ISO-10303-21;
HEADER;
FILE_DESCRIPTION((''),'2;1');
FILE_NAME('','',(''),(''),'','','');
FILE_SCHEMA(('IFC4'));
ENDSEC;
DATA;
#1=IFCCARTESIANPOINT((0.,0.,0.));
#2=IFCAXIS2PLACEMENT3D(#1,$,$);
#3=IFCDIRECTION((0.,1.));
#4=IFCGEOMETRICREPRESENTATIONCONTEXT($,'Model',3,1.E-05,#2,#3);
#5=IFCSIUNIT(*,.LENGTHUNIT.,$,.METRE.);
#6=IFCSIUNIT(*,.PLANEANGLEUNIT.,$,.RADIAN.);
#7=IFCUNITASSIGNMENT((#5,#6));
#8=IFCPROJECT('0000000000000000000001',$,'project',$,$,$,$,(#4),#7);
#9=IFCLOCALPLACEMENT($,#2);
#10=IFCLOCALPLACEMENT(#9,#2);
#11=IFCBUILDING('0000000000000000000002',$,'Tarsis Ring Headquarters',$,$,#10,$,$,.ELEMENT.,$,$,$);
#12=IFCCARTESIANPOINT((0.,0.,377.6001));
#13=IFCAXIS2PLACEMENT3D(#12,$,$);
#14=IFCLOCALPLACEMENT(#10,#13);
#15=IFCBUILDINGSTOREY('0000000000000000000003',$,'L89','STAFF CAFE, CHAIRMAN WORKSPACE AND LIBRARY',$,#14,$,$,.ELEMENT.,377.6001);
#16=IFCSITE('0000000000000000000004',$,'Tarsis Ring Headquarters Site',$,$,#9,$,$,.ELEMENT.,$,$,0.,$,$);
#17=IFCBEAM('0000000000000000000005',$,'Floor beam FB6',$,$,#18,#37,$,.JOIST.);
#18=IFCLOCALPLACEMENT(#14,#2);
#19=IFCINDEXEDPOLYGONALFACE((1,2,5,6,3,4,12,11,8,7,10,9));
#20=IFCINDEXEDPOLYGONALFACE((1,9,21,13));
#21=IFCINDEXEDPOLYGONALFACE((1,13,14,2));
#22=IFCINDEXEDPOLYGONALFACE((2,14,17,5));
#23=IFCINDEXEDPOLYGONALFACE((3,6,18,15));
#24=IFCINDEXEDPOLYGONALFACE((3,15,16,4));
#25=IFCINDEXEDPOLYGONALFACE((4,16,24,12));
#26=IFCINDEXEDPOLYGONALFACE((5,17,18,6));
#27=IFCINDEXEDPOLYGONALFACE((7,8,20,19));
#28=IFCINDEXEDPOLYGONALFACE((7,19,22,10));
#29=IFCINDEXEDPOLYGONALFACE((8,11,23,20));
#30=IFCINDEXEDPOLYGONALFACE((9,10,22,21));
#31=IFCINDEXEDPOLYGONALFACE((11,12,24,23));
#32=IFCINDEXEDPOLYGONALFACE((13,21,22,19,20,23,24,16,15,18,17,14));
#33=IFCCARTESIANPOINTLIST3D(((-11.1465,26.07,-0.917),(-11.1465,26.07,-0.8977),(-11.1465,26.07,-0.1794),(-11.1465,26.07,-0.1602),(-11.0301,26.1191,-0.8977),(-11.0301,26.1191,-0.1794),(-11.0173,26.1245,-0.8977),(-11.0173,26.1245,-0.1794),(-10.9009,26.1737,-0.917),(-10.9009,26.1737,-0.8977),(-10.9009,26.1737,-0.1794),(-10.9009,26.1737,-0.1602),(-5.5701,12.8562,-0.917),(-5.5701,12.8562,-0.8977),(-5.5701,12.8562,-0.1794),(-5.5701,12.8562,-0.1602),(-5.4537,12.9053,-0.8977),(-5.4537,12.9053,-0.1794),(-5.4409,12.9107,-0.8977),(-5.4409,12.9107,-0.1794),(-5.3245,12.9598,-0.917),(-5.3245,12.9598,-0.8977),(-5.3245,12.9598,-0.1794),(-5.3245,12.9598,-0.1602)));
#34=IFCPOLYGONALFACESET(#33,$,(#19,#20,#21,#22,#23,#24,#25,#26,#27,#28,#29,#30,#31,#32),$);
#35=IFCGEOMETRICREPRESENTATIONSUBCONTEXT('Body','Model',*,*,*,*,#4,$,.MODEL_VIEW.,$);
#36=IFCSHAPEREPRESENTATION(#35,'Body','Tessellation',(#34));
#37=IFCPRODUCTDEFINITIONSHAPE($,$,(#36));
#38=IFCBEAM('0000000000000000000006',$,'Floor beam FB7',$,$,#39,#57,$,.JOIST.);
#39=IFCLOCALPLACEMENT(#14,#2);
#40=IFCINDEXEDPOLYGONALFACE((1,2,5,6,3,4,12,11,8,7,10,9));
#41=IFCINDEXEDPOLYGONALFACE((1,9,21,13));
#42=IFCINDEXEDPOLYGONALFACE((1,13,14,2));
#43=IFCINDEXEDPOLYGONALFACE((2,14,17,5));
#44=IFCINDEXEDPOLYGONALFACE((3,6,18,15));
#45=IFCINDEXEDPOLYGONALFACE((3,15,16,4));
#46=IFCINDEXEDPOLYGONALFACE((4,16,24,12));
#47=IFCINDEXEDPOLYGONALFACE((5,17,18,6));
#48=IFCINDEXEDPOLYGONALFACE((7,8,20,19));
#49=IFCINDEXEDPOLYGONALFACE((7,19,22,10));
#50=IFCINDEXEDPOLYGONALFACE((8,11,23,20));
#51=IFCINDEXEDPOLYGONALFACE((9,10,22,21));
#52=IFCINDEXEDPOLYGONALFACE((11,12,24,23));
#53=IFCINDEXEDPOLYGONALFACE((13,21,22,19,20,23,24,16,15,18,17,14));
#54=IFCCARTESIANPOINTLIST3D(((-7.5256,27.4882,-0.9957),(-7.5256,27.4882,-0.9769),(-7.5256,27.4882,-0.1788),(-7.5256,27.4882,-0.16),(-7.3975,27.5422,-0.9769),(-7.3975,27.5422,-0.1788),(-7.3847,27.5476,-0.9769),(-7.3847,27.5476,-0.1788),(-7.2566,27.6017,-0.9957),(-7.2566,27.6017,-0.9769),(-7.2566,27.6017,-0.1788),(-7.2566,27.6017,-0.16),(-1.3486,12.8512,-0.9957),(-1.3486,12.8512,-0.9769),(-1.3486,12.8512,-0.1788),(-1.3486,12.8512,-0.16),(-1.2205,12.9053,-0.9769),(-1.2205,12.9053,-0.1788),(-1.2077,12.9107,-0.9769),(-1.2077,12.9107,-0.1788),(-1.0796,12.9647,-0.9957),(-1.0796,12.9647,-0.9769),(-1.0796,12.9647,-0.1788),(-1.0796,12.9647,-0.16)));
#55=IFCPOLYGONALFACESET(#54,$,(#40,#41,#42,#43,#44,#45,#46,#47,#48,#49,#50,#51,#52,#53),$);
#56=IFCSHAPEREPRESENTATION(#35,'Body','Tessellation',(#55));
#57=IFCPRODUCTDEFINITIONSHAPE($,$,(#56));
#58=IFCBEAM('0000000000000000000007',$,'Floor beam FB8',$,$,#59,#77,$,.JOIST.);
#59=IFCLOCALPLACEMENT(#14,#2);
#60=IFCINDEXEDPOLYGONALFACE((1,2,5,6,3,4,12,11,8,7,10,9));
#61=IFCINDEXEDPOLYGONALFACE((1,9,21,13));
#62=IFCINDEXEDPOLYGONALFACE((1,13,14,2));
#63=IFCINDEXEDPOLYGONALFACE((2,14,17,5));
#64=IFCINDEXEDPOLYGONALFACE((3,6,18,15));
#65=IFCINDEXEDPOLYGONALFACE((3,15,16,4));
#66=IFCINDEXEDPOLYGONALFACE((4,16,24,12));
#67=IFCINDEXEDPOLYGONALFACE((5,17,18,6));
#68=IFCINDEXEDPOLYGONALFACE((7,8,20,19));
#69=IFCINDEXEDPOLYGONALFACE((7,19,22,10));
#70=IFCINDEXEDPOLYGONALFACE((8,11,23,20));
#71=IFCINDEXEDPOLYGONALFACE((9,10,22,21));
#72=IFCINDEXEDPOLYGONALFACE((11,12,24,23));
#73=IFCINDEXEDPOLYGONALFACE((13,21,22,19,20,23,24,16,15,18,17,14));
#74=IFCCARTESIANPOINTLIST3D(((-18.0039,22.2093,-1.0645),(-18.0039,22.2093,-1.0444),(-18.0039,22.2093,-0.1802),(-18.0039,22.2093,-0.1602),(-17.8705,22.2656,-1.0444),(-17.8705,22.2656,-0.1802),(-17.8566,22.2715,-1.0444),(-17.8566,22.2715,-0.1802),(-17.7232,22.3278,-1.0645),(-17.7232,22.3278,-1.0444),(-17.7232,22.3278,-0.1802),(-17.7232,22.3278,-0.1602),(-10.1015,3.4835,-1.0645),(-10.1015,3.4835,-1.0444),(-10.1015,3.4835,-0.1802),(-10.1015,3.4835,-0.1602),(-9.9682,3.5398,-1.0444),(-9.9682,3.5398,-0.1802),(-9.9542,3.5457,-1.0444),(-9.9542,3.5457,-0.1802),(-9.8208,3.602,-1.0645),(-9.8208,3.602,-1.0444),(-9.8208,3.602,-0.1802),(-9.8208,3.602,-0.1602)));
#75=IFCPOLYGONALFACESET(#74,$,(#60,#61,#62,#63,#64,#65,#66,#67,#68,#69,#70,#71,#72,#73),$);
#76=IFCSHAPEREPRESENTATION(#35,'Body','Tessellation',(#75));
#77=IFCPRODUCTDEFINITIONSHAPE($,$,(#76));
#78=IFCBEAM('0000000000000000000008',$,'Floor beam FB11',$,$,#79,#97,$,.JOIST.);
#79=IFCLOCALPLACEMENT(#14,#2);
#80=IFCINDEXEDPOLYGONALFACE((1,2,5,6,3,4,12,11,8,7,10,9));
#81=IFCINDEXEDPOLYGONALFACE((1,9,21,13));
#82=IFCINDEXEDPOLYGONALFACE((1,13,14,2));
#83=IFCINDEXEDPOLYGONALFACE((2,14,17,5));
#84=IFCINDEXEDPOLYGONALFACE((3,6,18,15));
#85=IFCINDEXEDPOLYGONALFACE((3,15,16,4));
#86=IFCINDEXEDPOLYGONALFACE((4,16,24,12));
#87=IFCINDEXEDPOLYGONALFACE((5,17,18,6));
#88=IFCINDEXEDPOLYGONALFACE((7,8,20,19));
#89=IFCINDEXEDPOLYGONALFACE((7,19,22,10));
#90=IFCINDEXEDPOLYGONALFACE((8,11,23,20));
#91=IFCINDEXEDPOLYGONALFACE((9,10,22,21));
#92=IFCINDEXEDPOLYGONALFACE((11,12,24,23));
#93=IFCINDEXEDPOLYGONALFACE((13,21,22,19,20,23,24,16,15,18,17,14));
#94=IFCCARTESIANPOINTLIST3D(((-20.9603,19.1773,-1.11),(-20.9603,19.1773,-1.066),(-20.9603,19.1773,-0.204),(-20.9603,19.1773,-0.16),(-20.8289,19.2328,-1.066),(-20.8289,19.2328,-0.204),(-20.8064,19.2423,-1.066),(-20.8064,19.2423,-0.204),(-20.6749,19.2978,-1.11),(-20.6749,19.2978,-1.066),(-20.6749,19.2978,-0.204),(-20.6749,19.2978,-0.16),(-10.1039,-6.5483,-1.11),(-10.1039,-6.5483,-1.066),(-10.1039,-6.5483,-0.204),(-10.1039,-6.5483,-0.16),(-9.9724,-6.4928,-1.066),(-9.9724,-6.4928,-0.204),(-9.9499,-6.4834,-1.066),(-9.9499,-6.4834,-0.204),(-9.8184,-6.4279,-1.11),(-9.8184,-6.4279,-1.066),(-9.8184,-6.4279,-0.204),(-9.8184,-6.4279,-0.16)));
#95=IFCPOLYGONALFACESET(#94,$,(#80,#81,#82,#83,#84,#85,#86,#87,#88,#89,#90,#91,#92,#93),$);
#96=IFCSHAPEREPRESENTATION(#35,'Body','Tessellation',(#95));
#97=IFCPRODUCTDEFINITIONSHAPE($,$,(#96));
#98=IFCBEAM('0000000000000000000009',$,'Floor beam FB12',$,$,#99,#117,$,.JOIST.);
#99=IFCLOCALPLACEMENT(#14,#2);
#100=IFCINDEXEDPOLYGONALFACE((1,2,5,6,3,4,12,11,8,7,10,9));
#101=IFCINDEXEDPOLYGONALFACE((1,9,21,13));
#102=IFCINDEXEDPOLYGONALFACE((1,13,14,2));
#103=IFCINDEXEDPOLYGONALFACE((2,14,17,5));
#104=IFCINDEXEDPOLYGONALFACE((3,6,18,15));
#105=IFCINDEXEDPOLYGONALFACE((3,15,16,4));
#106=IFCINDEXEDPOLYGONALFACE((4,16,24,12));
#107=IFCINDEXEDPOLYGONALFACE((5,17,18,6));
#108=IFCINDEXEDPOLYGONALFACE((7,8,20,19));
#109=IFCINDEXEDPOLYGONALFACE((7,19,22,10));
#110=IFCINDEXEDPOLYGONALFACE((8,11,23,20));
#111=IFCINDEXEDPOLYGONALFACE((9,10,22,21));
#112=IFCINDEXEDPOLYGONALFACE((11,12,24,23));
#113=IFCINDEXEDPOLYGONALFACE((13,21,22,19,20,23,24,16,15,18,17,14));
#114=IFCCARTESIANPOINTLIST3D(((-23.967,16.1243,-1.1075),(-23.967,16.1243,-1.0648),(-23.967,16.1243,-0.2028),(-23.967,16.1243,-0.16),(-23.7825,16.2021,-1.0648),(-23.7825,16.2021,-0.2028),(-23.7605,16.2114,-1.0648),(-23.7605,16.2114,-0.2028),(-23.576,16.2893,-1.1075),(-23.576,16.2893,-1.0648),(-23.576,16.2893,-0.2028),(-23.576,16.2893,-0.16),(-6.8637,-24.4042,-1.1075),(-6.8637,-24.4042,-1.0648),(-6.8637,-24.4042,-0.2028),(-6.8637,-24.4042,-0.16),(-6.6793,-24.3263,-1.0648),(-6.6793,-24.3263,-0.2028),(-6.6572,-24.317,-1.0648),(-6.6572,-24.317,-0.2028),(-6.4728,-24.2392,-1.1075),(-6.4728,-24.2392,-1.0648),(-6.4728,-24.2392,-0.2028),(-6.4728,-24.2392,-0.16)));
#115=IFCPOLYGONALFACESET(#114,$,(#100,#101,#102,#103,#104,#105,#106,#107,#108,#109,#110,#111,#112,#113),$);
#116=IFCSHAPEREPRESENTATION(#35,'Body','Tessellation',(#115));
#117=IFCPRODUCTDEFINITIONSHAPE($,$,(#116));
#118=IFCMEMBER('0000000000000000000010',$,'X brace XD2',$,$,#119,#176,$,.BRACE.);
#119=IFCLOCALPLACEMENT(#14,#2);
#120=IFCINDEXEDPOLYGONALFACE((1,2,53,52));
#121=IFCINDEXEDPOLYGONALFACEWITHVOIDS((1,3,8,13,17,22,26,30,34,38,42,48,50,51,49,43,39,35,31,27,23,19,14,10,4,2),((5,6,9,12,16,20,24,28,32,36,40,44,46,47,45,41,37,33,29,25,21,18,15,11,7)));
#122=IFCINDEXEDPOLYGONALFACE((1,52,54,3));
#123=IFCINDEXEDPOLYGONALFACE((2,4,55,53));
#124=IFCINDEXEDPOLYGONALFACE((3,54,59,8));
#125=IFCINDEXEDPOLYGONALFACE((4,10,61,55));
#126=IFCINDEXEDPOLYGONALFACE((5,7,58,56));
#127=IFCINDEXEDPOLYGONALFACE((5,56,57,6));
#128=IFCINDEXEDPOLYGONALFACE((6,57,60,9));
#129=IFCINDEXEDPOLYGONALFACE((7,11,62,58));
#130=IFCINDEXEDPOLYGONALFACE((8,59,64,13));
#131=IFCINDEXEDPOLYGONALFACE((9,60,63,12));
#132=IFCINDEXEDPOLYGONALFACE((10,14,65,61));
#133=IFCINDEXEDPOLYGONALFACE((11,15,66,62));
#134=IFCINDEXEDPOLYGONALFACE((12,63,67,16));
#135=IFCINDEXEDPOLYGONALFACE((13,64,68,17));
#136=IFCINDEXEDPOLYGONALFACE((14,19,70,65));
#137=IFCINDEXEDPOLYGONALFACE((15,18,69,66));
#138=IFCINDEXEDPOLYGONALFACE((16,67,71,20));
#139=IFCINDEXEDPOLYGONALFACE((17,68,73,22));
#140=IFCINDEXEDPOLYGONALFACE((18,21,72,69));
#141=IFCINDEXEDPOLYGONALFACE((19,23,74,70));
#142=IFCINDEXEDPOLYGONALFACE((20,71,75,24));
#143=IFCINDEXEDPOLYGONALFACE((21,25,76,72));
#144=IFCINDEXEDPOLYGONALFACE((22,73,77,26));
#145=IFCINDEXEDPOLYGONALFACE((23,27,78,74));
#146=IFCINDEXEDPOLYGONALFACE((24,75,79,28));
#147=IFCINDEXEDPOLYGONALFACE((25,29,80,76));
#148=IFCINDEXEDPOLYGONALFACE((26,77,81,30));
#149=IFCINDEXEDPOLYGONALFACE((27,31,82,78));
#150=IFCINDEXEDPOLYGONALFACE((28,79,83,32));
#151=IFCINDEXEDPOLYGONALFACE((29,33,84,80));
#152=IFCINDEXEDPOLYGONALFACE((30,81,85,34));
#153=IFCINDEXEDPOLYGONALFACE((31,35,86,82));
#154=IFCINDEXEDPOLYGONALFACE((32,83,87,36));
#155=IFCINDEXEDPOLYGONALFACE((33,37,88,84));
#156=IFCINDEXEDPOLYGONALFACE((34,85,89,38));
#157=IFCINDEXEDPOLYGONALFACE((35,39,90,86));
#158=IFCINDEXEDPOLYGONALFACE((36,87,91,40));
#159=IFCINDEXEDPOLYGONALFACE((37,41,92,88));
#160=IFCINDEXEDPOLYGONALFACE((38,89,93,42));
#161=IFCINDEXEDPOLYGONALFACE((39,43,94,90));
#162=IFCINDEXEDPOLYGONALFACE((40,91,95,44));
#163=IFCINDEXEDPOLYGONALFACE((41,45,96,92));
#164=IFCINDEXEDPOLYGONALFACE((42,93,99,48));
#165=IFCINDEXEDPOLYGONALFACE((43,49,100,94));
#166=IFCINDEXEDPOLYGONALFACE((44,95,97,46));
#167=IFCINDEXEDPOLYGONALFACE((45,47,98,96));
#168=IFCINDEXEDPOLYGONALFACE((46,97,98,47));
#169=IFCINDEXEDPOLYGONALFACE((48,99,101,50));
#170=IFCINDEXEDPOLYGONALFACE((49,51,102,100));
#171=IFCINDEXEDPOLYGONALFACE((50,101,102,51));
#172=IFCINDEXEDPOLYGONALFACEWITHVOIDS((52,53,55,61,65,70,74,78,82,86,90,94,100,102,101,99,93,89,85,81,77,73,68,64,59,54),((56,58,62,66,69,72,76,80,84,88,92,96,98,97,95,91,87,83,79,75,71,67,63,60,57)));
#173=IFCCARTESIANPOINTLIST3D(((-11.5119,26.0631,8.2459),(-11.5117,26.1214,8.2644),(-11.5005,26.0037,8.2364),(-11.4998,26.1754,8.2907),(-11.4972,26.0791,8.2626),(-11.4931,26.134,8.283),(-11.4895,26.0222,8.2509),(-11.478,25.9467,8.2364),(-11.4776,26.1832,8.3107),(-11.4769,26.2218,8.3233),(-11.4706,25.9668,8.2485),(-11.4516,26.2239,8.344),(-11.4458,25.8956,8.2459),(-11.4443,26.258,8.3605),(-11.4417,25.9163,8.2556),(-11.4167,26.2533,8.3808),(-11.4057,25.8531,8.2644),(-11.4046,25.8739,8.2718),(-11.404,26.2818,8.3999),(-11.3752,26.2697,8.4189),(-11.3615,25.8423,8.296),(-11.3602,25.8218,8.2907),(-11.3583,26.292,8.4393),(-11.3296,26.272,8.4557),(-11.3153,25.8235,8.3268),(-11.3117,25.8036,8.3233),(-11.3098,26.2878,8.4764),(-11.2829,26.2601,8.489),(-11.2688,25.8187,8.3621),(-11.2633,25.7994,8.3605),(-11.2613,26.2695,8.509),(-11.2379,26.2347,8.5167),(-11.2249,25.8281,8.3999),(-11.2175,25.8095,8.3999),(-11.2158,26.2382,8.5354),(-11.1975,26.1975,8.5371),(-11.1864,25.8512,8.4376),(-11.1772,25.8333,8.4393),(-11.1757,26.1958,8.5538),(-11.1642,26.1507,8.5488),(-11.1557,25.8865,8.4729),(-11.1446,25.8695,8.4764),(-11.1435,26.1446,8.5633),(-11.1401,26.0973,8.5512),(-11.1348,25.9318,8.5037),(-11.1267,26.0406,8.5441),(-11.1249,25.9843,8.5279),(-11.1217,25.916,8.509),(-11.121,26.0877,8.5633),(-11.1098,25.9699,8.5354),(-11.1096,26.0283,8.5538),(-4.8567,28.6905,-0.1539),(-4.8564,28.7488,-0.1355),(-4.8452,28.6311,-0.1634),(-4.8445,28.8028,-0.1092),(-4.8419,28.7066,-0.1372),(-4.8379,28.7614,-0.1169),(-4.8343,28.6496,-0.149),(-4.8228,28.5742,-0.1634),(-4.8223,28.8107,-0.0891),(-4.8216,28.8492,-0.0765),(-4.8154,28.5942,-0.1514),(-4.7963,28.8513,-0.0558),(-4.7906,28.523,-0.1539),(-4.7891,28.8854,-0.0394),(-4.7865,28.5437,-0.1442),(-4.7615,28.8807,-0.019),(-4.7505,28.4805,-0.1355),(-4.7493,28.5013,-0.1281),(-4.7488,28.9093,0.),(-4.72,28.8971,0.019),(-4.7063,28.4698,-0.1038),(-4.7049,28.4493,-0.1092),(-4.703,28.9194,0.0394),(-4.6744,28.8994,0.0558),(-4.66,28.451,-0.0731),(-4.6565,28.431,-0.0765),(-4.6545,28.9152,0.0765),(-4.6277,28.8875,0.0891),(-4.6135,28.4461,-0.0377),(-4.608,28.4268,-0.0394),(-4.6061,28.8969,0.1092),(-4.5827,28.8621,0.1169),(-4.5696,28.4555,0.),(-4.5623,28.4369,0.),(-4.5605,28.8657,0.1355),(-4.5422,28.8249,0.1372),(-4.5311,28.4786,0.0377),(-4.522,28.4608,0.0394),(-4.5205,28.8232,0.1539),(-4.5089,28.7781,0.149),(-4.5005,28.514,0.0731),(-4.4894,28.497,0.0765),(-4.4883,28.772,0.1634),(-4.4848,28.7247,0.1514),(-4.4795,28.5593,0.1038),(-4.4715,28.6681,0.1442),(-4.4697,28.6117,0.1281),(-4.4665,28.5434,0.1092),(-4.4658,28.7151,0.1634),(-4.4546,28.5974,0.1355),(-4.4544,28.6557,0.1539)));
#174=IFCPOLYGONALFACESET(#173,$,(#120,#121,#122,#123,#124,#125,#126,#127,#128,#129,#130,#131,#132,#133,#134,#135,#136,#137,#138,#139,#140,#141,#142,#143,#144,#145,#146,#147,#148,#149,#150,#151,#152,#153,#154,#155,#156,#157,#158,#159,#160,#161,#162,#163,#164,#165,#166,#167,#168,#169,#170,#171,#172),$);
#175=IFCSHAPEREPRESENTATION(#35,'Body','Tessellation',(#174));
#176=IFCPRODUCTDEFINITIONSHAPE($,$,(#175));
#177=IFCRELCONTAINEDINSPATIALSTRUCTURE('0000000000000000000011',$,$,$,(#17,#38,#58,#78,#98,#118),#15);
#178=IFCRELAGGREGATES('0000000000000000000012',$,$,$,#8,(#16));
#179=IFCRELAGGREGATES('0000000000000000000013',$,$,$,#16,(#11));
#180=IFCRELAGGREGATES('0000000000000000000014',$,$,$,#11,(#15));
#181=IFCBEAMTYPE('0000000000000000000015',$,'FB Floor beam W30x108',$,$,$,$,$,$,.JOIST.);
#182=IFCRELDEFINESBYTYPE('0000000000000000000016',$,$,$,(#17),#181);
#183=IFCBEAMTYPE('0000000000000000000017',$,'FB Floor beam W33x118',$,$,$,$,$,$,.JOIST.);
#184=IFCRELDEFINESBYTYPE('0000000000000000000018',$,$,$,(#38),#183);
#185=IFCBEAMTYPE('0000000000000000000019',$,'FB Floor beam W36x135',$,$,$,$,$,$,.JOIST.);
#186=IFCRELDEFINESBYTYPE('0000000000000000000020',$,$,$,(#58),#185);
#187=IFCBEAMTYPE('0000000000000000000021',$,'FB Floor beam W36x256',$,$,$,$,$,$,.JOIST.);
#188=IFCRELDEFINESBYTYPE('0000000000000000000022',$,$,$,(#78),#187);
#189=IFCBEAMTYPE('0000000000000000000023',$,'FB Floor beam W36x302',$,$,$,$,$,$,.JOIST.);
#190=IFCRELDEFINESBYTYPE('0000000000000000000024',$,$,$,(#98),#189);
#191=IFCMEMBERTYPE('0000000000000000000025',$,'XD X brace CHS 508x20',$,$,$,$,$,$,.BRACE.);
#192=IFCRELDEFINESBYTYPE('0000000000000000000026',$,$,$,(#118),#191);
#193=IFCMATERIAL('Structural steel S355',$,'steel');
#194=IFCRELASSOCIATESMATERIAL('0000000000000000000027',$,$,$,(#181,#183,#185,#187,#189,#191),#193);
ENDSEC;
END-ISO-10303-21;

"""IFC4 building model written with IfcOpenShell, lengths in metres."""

from ifc_helpers import new_model, si_unit, direction, frame, origin, origin_2d, place, context, subcontext, project, spatial, hollow_circle, i_section, extrude, material, material_profile, profile_set, type_object, element, save


model = new_model("IFC4")

# Units and contexts
model_context = context("Model", 3, precision=1e-05, world=origin(), true_north=direction((0.0, 1.0)))
body_context = subcontext(model_context, "Body", "Model", "MODEL_VIEW")
ifc_project = project(units=[si_unit("LENGTHUNIT", "METRE"), si_unit("PLANEANGLEUNIT", "RADIAN")], contexts=[model_context])

# Site, building, storey
site_placement = place(None, origin())
site = spatial("IfcSite", under=ifc_project, at=site_placement, Name="Tarsis Ring Headquarters Site", CompositionType="ELEMENT", RefElevation=0.0)
building_placement = place(site_placement, origin())
building = spatial("IfcBuilding", under=site, at=building_placement, Name="Tarsis Ring Headquarters", CompositionType="ELEMENT")
storey_placement = place(building_placement, frame((0.0, 0.0, 377.6001)))
storey = spatial("IfcBuildingStorey", under=building, at=storey_placement, Name="L89", Description="STAFF CAFE, CHAIRMAN WORKSPACE AND LIBRARY", CompositionType="ELEMENT", Elevation=377.6001)

# Shared definitions
ifc_material_1 = material(Name="Structural steel S355", Category="steel")

# Beams
ifc_material_profile_1 = material_profile(ifc_material_1, i_section(OverallWidth=0.2666, OverallDepth=0.7568, WebThickness=0.0139, FlangeThickness=0.0193, at=origin_2d()), Name="W30x108")
ifc_profile_set_1 = profile_set([ifc_material_profile_1], Name="Structural steel S355")
beam_type_1 = type_object("IfcBeamType", Name="FB Floor beam W30x108", PredefinedType="JOIST", material=ifc_profile_set_1)
beam_1_placement = place(storey_placement, frame((-11.0237, 26.1218, -0.5386), z_axis=(0.388808, -0.921319, 0.0), x_axis=(0.921319, 0.388808, 0.0)))
element("IfcBeam", 1, at=beam_1_placement, inside=storey, type_object=beam_type_1, Name="Floor beam FB6", PredefinedType="JOIST", context=body_context, shape_type="SweptSolid", body=[
    extrude(i_section(OverallWidth=0.2666, OverallDepth=0.7568, WebThickness=0.0139, FlangeThickness=0.0193, at=origin_2d()), origin(), (0.0, 0.0, 1.0), 14.3423),
])
ifc_material_profile_2 = material_profile(ifc_material_1, i_section(OverallWidth=0.292, OverallDepth=0.8357, WebThickness=0.0139, FlangeThickness=0.0188, at=origin_2d()), Name="W33x118")
ifc_profile_set_2 = profile_set([ifc_material_profile_2], Name="Structural steel S355")
beam_type_2 = type_object("IfcBeamType", Name="FB Floor beam W33x118", PredefinedType="JOIST", material=ifc_profile_set_2)
beam_2_placement = place(storey_placement, frame((-7.3911, 27.5449, -0.5779), z_axis=(0.388809, -0.921318, 0.0), x_axis=(0.921318, 0.388809, 0.0)))
element("IfcBeam", 2, at=beam_2_placement, inside=storey, type_object=beam_type_2, Name="Floor beam FB7", PredefinedType="JOIST", context=body_context, shape_type="SweptSolid", body=[
    extrude(i_section(OverallWidth=0.292, OverallDepth=0.8357, WebThickness=0.0139, FlangeThickness=0.0188, at=origin_2d()), origin(), (0.0, 0.0, 1.0), 15.887),
])
ifc_material_profile_3 = material_profile(ifc_material_1, i_section(OverallWidth=0.3047, OverallDepth=0.9043, WebThickness=0.0151, FlangeThickness=0.02, at=origin_2d()), Name="W36x135")
ifc_profile_set_3 = profile_set([ifc_material_profile_3], Name="Structural steel S355")
beam_type_3 = type_object("IfcBeamType", Name="FB Floor beam W36x135", PredefinedType="JOIST", material=ifc_profile_set_3)
beam_3_placement = place(storey_placement, frame((-17.8635, 22.2686, -0.6123), z_axis=(0.3888, -0.921322, 0.0), x_axis=(0.921322, 0.3888, 0.0)))
element("IfcBeam", 3, at=beam_3_placement, inside=storey, type_object=beam_type_3, Name="Floor beam FB8", PredefinedType="JOIST", context=body_context, shape_type="SweptSolid", body=[
    extrude(i_section(OverallWidth=0.3047, OverallDepth=0.9043, WebThickness=0.0151, FlangeThickness=0.02, at=origin_2d()), origin(), (0.0, 0.0, 1.0), 20.325),
])
ifc_material_profile_4 = material_profile(ifc_material_1, i_section(OverallWidth=0.3098, OverallDepth=0.95, WebThickness=0.0244, FlangeThickness=0.0439, at=origin_2d()), Name="W36x256")
ifc_profile_set_4 = profile_set([ifc_material_profile_4], Name="Structural steel S355")
beam_type_4 = type_object("IfcBeamType", Name="FB Floor beam W36x256", PredefinedType="JOIST", material=ifc_profile_set_4)
beam_4_placement = place(storey_placement, frame((-20.8176, 19.2375, -0.635), z_axis=(0.388806, -0.92132, 0.0), x_axis=(0.92132, 0.388806, 0.0)))
element("IfcBeam", 4, at=beam_4_placement, inside=storey, type_object=beam_type_4, Name="Floor beam FB11", PredefinedType="JOIST", context=body_context, shape_type="SweptSolid", body=[
    extrude(i_section(OverallWidth=0.3098, OverallDepth=0.95, WebThickness=0.0244, FlangeThickness=0.0439, at=origin_2d()), origin(), (0.0, 0.0, 1.0), 27.9226),
])
ifc_material_profile_5 = material_profile(ifc_material_1, i_section(OverallWidth=0.4243, OverallDepth=0.9475, WebThickness=0.0239, FlangeThickness=0.0427, at=origin_2d()), Name="W36x302")
ifc_profile_set_5 = profile_set([ifc_material_profile_5], Name="Structural steel S355")
beam_type_5 = type_object("IfcBeamType", Name="FB Floor beam W36x302", PredefinedType="JOIST", material=ifc_profile_set_5)
beam_5_placement = place(storey_placement, frame((-23.7715, 16.2068, -0.6338), z_axis=(0.388802, -0.921321, 0.0), x_axis=(0.921321, 0.388802, 0.0)))
element("IfcBeam", 5, at=beam_5_placement, inside=storey, type_object=beam_type_5, Name="Floor beam FB12", PredefinedType="JOIST", context=body_context, shape_type="SweptSolid", body=[
    extrude(i_section(OverallWidth=0.4243, OverallDepth=0.9475, WebThickness=0.0239, FlangeThickness=0.0427, at=origin_2d()), origin(), (0.0, 0.0, 1.0), 43.9895),
])

# Member
ifc_material_profile_6 = material_profile(ifc_material_1, hollow_circle(Radius=0.2539, WallThickness=0.02, at=origin_2d()), Name="CHS 508x20")
ifc_profile_set_6 = profile_set([ifc_material_profile_6], Name="Structural steel S355")
member_type = type_object("IfcMemberType", Name="XD X brace CHS 508x20", PredefinedType="BRACE", material=ifc_profile_set_6)
member_1_placement = place(storey_placement, frame((-4.6555, 28.6731, 0.0), z_axis=(-0.603147, -0.238117, 0.761258), x_axis=(0.36721, -0.930138, 0.0)))
element("IfcMember", 6, at=member_1_placement, inside=storey, type_object=member_type, Name="X brace XD2", PredefinedType="BRACE", context=body_context, shape_type="SweptSolid", body=[
    extrude(hollow_circle(Radius=0.2539, WallThickness=0.02, at=origin_2d()), origin(), (0.0, 0.0, 1.0), 11.0342),
])

save(model, "model.ifc")
